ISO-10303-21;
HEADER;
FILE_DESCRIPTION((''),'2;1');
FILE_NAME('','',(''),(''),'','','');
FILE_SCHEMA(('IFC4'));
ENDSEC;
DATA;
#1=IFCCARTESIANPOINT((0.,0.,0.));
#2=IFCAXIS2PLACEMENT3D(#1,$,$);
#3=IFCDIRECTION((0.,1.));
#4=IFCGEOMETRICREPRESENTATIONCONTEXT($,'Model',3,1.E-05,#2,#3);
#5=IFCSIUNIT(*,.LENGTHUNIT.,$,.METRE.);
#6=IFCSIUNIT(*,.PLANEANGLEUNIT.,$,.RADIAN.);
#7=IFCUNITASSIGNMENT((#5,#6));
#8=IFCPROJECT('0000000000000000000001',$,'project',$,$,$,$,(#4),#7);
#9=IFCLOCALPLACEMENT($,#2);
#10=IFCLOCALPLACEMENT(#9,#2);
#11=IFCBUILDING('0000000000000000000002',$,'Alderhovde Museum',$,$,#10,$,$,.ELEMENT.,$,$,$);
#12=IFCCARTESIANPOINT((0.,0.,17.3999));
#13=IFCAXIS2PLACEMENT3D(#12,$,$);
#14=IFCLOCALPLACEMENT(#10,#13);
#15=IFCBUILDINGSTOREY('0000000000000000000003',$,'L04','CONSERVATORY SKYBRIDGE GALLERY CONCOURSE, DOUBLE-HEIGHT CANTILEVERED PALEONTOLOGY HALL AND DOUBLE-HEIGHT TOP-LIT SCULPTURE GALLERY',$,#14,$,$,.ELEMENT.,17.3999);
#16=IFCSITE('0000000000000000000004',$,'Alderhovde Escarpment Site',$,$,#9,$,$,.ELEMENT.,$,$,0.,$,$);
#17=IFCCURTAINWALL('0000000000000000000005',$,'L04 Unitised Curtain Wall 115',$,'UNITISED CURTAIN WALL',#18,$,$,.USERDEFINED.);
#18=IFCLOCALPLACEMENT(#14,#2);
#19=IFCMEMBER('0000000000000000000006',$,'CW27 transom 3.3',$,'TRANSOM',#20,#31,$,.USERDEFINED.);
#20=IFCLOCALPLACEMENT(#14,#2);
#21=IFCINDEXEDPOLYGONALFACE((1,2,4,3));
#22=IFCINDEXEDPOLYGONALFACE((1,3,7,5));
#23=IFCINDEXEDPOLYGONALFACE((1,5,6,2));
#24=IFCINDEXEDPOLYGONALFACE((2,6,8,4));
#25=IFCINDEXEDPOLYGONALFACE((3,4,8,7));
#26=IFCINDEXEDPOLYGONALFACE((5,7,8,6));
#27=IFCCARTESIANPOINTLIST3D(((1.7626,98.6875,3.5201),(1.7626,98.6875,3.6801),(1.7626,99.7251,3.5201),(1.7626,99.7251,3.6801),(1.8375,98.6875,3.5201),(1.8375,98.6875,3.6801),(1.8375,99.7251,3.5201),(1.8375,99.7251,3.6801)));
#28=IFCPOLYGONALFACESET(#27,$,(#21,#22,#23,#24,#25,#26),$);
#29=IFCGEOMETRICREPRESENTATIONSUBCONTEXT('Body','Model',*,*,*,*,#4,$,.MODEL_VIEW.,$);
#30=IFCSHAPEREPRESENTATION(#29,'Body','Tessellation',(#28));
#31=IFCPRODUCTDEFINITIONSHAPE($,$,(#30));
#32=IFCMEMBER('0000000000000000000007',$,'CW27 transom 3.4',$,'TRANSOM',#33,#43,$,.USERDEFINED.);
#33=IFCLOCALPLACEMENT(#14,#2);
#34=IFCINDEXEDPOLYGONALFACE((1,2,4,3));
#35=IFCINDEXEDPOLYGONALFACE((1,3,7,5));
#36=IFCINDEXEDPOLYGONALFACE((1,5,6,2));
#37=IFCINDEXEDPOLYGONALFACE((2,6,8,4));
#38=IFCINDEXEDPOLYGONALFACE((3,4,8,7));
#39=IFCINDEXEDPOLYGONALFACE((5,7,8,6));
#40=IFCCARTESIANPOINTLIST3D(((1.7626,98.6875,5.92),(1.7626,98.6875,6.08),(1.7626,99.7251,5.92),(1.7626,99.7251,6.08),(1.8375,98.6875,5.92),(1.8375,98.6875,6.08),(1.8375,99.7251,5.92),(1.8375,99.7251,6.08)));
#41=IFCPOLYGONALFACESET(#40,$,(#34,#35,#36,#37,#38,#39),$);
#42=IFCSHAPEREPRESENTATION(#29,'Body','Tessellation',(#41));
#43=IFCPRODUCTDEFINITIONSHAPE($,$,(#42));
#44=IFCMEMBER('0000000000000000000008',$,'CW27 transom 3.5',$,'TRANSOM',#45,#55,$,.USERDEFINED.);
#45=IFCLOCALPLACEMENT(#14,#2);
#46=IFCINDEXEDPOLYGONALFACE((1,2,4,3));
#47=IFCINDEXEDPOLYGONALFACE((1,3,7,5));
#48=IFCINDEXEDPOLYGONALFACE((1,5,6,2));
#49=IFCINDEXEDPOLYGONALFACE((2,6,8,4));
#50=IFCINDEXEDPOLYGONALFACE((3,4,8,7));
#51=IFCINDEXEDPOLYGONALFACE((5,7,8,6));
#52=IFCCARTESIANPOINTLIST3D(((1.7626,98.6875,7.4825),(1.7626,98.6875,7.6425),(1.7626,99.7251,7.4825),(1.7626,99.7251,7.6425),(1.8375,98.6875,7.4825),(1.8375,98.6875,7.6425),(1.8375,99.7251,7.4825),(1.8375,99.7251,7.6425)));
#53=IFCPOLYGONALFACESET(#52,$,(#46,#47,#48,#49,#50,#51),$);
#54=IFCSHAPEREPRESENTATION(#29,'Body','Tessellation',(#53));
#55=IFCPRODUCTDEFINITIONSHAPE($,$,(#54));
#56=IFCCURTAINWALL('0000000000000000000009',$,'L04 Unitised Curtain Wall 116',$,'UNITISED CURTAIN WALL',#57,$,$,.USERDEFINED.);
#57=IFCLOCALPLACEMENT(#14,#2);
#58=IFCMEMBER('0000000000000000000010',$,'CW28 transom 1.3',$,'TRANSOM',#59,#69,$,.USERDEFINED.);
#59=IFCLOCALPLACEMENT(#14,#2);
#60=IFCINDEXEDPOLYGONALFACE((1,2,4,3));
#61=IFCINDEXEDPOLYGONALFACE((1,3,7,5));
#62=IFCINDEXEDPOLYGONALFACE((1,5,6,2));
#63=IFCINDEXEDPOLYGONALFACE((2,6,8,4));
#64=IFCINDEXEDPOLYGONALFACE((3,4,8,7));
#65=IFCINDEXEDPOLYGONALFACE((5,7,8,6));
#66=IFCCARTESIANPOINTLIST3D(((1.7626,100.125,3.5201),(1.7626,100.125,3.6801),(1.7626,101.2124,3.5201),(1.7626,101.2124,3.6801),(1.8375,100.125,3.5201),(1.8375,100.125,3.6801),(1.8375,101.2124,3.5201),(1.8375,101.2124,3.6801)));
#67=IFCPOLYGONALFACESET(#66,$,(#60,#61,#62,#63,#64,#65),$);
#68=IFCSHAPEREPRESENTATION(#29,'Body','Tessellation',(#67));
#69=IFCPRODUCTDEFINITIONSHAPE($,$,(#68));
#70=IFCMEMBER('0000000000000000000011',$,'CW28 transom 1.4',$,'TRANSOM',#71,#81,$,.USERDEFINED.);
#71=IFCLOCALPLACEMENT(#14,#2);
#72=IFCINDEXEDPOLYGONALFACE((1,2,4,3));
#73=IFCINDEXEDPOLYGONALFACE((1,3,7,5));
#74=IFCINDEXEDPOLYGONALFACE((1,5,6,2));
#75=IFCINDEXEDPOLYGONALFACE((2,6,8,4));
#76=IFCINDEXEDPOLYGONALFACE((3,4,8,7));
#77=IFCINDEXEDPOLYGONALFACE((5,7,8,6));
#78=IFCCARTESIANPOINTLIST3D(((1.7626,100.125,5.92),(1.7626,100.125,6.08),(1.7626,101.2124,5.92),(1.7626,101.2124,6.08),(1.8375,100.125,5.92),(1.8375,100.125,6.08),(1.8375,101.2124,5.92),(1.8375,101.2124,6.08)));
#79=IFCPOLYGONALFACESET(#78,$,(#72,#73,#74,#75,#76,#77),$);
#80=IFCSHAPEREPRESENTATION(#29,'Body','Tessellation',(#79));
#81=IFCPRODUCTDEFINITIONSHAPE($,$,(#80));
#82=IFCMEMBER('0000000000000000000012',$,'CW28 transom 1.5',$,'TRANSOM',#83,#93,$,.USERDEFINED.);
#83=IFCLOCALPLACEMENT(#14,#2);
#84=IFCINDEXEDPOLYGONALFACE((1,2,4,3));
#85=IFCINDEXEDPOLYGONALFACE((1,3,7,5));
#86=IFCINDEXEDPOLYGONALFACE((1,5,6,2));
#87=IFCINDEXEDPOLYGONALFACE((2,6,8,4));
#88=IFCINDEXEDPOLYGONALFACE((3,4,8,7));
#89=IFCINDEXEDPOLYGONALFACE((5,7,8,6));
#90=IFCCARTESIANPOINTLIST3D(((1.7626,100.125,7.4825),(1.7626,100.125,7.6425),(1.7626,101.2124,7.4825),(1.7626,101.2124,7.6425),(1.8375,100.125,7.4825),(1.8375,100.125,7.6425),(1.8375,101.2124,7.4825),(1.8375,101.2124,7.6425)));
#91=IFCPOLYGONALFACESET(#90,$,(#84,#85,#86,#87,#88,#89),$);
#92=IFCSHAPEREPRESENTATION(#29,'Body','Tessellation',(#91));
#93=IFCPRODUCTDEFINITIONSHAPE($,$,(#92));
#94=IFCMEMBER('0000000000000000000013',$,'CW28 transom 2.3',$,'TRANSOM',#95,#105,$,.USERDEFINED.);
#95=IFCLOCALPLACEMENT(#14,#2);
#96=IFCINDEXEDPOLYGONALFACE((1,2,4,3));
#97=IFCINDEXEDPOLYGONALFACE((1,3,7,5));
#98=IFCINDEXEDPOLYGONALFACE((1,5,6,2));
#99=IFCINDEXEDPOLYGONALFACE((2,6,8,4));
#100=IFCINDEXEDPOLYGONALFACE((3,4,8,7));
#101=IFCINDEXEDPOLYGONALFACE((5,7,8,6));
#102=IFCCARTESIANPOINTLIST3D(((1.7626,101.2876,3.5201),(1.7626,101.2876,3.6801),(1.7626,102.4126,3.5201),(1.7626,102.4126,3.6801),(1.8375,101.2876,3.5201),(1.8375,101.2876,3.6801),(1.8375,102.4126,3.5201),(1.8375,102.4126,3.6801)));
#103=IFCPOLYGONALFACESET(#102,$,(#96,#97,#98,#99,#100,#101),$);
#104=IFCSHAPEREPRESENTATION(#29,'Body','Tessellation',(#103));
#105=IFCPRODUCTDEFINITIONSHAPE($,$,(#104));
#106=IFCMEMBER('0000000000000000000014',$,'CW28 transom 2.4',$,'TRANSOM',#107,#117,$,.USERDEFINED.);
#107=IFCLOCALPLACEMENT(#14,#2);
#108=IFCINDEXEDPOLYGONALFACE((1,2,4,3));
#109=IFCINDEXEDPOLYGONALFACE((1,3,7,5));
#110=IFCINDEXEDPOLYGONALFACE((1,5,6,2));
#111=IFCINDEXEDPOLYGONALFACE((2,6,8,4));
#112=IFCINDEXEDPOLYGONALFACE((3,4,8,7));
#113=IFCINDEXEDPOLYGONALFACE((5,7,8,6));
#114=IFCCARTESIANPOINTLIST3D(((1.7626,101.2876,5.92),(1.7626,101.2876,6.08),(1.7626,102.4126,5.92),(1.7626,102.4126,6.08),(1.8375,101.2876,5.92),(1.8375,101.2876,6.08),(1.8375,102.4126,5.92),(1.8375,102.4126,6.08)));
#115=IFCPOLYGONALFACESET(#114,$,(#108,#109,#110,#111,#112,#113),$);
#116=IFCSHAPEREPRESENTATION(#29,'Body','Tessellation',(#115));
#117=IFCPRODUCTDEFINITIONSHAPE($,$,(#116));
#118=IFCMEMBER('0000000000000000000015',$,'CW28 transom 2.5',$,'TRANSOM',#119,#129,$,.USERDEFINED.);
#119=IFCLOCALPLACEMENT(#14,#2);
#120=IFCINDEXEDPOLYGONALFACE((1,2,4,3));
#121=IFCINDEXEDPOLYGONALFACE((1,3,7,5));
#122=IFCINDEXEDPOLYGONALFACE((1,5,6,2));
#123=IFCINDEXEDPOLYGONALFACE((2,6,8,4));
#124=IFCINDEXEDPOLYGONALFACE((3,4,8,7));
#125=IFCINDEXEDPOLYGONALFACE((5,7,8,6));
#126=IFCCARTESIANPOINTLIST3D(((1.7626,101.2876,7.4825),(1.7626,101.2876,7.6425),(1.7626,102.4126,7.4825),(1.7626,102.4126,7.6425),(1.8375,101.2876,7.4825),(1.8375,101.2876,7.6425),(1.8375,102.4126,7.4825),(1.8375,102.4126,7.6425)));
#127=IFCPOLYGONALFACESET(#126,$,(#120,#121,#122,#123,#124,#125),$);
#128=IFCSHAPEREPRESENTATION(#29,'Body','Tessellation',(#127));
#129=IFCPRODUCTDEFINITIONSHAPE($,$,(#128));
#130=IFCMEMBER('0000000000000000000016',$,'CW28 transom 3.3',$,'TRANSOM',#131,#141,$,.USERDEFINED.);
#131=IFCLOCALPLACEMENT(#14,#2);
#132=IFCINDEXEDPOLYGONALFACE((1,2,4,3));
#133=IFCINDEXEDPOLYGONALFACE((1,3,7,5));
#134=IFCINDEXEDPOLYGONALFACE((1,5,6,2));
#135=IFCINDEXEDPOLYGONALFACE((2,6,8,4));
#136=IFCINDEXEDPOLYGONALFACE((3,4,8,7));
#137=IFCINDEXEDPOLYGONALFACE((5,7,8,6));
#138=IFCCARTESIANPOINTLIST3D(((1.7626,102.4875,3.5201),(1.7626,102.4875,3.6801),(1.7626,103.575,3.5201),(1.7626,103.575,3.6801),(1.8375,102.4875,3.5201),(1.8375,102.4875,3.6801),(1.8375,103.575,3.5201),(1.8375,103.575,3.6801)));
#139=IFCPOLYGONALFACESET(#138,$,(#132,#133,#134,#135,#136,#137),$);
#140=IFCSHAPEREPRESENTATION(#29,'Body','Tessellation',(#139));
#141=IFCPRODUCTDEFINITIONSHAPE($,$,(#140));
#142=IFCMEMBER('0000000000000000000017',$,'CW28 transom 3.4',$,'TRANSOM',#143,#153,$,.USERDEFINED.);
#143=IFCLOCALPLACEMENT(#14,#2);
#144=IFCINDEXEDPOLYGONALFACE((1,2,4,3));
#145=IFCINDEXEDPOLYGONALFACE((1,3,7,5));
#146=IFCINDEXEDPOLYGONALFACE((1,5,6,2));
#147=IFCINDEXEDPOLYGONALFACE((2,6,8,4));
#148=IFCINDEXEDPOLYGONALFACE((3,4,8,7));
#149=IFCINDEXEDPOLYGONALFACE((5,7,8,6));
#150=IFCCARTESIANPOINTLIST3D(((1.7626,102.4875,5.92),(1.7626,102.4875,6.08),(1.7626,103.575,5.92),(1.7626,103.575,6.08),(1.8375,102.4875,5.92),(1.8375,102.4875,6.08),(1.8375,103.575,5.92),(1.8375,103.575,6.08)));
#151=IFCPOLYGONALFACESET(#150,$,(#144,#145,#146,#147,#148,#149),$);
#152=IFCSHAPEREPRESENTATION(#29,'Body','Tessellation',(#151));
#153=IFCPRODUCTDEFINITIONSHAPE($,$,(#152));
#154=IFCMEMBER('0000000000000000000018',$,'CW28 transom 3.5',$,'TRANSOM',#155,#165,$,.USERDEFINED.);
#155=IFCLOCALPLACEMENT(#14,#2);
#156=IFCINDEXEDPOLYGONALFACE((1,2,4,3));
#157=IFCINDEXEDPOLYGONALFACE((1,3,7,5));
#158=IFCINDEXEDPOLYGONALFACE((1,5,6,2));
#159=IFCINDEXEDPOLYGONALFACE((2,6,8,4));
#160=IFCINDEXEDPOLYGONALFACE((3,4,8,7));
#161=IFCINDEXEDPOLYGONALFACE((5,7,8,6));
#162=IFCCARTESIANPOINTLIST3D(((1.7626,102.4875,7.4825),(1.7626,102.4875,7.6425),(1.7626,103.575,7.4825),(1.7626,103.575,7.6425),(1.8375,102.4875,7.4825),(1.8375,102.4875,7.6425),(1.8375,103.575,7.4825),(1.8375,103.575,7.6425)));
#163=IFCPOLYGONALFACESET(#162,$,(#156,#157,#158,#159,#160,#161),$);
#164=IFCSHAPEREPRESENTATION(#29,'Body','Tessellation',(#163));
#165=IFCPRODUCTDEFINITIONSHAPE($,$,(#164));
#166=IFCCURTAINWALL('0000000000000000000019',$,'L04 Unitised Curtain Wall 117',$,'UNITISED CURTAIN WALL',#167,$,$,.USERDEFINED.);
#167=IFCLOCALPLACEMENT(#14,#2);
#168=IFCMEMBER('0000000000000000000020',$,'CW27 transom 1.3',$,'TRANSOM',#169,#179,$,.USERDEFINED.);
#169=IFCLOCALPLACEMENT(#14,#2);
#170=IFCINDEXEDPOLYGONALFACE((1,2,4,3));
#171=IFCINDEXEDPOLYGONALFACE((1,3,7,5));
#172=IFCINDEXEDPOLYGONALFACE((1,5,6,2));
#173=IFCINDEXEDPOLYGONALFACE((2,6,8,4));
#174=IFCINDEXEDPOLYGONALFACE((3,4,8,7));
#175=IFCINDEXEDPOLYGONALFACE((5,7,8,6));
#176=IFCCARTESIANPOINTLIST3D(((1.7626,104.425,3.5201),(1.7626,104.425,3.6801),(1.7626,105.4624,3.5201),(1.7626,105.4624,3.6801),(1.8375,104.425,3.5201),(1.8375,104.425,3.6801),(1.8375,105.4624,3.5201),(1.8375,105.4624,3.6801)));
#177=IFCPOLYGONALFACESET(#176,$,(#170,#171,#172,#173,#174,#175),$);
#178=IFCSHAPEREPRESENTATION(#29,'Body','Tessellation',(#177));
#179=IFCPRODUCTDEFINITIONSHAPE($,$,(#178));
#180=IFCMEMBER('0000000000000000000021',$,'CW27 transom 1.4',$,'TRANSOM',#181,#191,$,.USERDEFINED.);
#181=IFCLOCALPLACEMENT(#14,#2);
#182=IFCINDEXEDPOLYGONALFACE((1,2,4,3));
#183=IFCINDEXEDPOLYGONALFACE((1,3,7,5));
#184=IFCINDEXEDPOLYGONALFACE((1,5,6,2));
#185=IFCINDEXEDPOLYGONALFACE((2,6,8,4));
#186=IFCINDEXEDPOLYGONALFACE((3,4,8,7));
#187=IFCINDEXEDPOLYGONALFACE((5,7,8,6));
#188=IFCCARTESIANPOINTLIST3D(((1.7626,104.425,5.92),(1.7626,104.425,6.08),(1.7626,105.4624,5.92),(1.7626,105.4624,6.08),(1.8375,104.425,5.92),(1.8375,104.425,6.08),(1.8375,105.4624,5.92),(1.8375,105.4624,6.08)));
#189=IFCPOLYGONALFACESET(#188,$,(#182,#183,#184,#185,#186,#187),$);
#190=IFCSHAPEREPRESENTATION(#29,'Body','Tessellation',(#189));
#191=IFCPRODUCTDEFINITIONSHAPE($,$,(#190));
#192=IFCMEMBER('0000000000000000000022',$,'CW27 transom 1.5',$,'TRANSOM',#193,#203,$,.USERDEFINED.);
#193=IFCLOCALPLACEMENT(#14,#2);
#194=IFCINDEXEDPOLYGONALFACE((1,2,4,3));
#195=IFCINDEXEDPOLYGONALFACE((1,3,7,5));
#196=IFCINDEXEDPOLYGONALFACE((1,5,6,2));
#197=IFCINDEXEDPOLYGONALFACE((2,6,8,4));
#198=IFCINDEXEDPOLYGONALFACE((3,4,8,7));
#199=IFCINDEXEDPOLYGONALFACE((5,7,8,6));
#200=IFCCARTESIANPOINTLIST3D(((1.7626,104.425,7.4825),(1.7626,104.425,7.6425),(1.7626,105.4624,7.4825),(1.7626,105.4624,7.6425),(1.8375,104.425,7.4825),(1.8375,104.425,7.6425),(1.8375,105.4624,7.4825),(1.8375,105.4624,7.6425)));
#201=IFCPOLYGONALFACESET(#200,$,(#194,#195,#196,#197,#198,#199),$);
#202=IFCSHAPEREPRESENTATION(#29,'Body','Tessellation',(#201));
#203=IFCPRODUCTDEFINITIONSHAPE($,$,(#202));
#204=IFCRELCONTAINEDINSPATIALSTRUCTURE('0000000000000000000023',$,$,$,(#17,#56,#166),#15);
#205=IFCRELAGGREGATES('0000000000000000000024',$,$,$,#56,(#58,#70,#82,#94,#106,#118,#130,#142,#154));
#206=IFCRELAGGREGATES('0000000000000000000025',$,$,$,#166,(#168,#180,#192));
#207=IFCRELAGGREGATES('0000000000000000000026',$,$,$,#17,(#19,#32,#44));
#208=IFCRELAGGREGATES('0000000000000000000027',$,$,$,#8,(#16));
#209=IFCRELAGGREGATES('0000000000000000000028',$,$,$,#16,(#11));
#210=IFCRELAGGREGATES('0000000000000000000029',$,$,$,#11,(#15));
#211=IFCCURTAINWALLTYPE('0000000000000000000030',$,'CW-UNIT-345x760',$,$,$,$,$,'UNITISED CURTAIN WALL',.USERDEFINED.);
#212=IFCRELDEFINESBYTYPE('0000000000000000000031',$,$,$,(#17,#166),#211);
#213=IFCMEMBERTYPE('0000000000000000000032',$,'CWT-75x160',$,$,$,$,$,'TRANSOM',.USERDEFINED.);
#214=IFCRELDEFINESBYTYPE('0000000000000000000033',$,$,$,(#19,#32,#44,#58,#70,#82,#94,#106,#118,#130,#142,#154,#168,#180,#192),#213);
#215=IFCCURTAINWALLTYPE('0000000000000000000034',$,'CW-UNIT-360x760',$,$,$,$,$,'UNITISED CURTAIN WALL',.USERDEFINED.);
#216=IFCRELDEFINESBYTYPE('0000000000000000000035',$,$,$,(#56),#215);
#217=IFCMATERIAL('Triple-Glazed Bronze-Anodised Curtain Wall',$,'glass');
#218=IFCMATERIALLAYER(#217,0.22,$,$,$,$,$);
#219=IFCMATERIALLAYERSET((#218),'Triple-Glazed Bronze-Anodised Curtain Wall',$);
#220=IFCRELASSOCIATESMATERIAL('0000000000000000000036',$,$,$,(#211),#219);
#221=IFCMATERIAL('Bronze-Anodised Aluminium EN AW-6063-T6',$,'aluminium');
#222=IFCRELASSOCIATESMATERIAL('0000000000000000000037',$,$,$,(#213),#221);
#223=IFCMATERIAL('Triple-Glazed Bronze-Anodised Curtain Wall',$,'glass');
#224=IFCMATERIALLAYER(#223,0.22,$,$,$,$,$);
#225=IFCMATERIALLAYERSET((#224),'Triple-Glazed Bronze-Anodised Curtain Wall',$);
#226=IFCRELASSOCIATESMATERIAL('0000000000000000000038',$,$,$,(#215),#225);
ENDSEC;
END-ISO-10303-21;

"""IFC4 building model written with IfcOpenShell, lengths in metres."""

from ifc_helpers import new_model, si_unit, direction, frame, origin, origin_2d, place, context, subcontext, project, spatial, rectangle, extrude, material, layer, layer_set, material_profile, profile_set, type_object, element, aggregate, save


model = new_model("IFC4")

# Units and contexts
model_context = context("Model", 3, precision=1e-05, world=origin(), true_north=direction((0.0, 1.0)))
body_context = subcontext(model_context, "Body", "Model", "MODEL_VIEW")
ifc_project = project(units=[si_unit("LENGTHUNIT", "METRE"), si_unit("PLANEANGLEUNIT", "RADIAN")], contexts=[model_context])

# Site, building, storey
site_placement = place(None, origin())
site = spatial("IfcSite", under=ifc_project, at=site_placement, Name="Alderhovde Escarpment Site", CompositionType="ELEMENT", RefElevation=0.0)
building_placement = place(site_placement, origin())
building = spatial("IfcBuilding", under=site, at=building_placement, Name="Alderhovde Museum", CompositionType="ELEMENT")
storey_placement = place(building_placement, frame((0.0, 0.0, 17.3999)))
storey = spatial("IfcBuildingStorey", under=building, at=storey_placement, Name="L04", Description="CONSERVATORY SKYBRIDGE GALLERY CONCOURSE, DOUBLE-HEIGHT CANTILEVERED PALEONTOLOGY HALL AND DOUBLE-HEIGHT TOP-LIT SCULPTURE GALLERY", CompositionType="ELEMENT", Elevation=17.3999)

# Curtain walls, members
ifc_material_1 = material(Name="Triple-Glazed Bronze-Anodised Curtain Wall", Category="glass")
ifc_layer_1 = layer(ifc_material_1, 0.22)
ifc_layer_set_1 = layer_set([ifc_layer_1], Name="Triple-Glazed Bronze-Anodised Curtain Wall")
curtain_wall_type_1 = type_object("IfcCurtainWallType", Name="CW-UNIT-345x760", ElementType="UNITISED CURTAIN WALL", PredefinedType="USERDEFINED", material=ifc_layer_set_1)
curtain_wall_1_placement = place(storey_placement, origin())
curtain_wall_1 = element("IfcCurtainWall", 1, at=curtain_wall_1_placement, inside=storey, type_object=curtain_wall_type_1, Name="L04 Unitised Curtain Wall 115", ObjectType="UNITISED CURTAIN WALL", PredefinedType="USERDEFINED")
ifc_material_2 = material(Name="Bronze-Anodised Aluminium EN AW-6063-T6", Category="aluminium")
ifc_material_profile_1 = material_profile(ifc_material_2, rectangle(XDim=0.075, YDim=0.1599, at=origin_2d()), Name="TRANSOM 75x160")
ifc_profile_set_1 = profile_set([ifc_material_profile_1], Name="Bronze-Anodised Aluminium EN AW-6063-T6")
member_type_1 = type_object("IfcMemberType", Name="CWT-75x160", ElementType="TRANSOM", PredefinedType="USERDEFINED", material=ifc_profile_set_1)
member_1_placement = place(storey_placement, frame((1.8, 98.6875, 3.6001), z_axis=(0.0, 1.0, 0.0), x_axis=(-1.0, 0.0, 0.0)))
member_1 = element("IfcMember", 2, at=member_1_placement, type_object=member_type_1, Name="CW27 transom 3.3", ObjectType="TRANSOM", PredefinedType="USERDEFINED", context=body_context, shape_type="SweptSolid", body=[
    extrude(rectangle(XDim=0.075, YDim=0.1599, at=origin_2d()), origin(), (0.0, 0.0, 1.0), 1.0376),
])
member_2_placement = place(storey_placement, frame((1.8, 98.6875, 6.0), z_axis=(0.0, 1.0, 0.0), x_axis=(-1.0, 0.0, 0.0)))
member_2 = element("IfcMember", 3, at=member_2_placement, type_object=member_type_1, Name="CW27 transom 3.4", ObjectType="TRANSOM", PredefinedType="USERDEFINED", context=body_context, shape_type="SweptSolid", body=[
    extrude(rectangle(XDim=0.075, YDim=0.1599, at=origin_2d()), origin(), (0.0, 0.0, 1.0), 1.0376),
])
member_3_placement = place(storey_placement, frame((1.8, 98.6875, 7.5625), z_axis=(0.0, 1.0, 0.0), x_axis=(-1.0, 0.0, 0.0)))
member_3 = element("IfcMember", 4, at=member_3_placement, type_object=member_type_1, Name="CW27 transom 3.5", ObjectType="TRANSOM", PredefinedType="USERDEFINED", context=body_context, shape_type="SweptSolid", body=[
    extrude(rectangle(XDim=0.075, YDim=0.1599, at=origin_2d()), origin(), (0.0, 0.0, 1.0), 1.0376),
])
ifc_material_3 = material(Name="Triple-Glazed Bronze-Anodised Curtain Wall", Category="glass")
ifc_layer_2 = layer(ifc_material_3, 0.22)
ifc_layer_set_2 = layer_set([ifc_layer_2], Name="Triple-Glazed Bronze-Anodised Curtain Wall")
curtain_wall_type_2 = type_object("IfcCurtainWallType", Name="CW-UNIT-360x760", ElementType="UNITISED CURTAIN WALL", PredefinedType="USERDEFINED", material=ifc_layer_set_2)
curtain_wall_2_placement = place(storey_placement, origin())
curtain_wall_2 = element("IfcCurtainWall", 5, at=curtain_wall_2_placement, inside=storey, type_object=curtain_wall_type_2, Name="L04 Unitised Curtain Wall 116", ObjectType="UNITISED CURTAIN WALL", PredefinedType="USERDEFINED")
member_4_placement = place(storey_placement, frame((1.8, 100.125, 3.6001), z_axis=(0.0, 1.0, 0.0), x_axis=(-1.0, 0.0, 0.0)))
member_4 = element("IfcMember", 6, at=member_4_placement, type_object=member_type_1, Name="CW28 transom 1.3", ObjectType="TRANSOM", PredefinedType="USERDEFINED", context=body_context, shape_type="SweptSolid", body=[
    extrude(rectangle(XDim=0.075, YDim=0.1599, at=origin_2d()), origin(), (0.0, 0.0, 1.0), 1.0874),
])
member_5_placement = place(storey_placement, frame((1.8, 100.125, 6.0), z_axis=(0.0, 1.0, 0.0), x_axis=(-1.0, 0.0, 0.0)))
member_5 = element("IfcMember", 7, at=member_5_placement, type_object=member_type_1, Name="CW28 transom 1.4", ObjectType="TRANSOM", PredefinedType="USERDEFINED", context=body_context, shape_type="SweptSolid", body=[
    extrude(rectangle(XDim=0.075, YDim=0.1599, at=origin_2d()), origin(), (0.0, 0.0, 1.0), 1.0874),
])
member_6_placement = place(storey_placement, frame((1.8, 100.125, 7.5625), z_axis=(0.0, 1.0, 0.0), x_axis=(-1.0, 0.0, 0.0)))
member_6 = element("IfcMember", 8, at=member_6_placement, type_object=member_type_1, Name="CW28 transom 1.5", ObjectType="TRANSOM", PredefinedType="USERDEFINED", context=body_context, shape_type="SweptSolid", body=[
    extrude(rectangle(XDim=0.075, YDim=0.1599, at=origin_2d()), origin(), (0.0, 0.0, 1.0), 1.0874),
])
member_7_placement = place(storey_placement, frame((1.8, 101.2876, 3.6001), z_axis=(0.0, 1.0, 0.0), x_axis=(-1.0, 0.0, 0.0)))
member_7 = element("IfcMember", 9, at=member_7_placement, type_object=member_type_1, Name="CW28 transom 2.3", ObjectType="TRANSOM", PredefinedType="USERDEFINED", context=body_context, shape_type="SweptSolid", body=[
    extrude(rectangle(XDim=0.075, YDim=0.1599, at=origin_2d()), origin(), (0.0, 0.0, 1.0), 1.125),
])
member_8_placement = place(storey_placement, frame((1.8, 101.2876, 6.0), z_axis=(0.0, 1.0, 0.0), x_axis=(-1.0, 0.0, 0.0)))
member_8 = element("IfcMember", 10, at=member_8_placement, type_object=member_type_1, Name="CW28 transom 2.4", ObjectType="TRANSOM", PredefinedType="USERDEFINED", context=body_context, shape_type="SweptSolid", body=[
    extrude(rectangle(XDim=0.075, YDim=0.1599, at=origin_2d()), origin(), (0.0, 0.0, 1.0), 1.125),
])
member_9_placement = place(storey_placement, frame((1.8, 101.2876, 7.5625), z_axis=(0.0, 1.0, 0.0), x_axis=(-1.0, 0.0, 0.0)))
member_9 = element("IfcMember", 11, at=member_9_placement, type_object=member_type_1, Name="CW28 transom 2.5", ObjectType="TRANSOM", PredefinedType="USERDEFINED", context=body_context, shape_type="SweptSolid", body=[
    extrude(rectangle(XDim=0.075, YDim=0.1599, at=origin_2d()), origin(), (0.0, 0.0, 1.0), 1.125),
])
member_10_placement = place(storey_placement, frame((1.8, 102.4875, 3.6001), z_axis=(0.0, 1.0, 0.0), x_axis=(-1.0, 0.0, 0.0)))
member_10 = element("IfcMember", 12, at=member_10_placement, type_object=member_type_1, Name="CW28 transom 3.3", ObjectType="TRANSOM", PredefinedType="USERDEFINED", context=body_context, shape_type="SweptSolid", body=[
    extrude(rectangle(XDim=0.075, YDim=0.1599, at=origin_2d()), origin(), (0.0, 0.0, 1.0), 1.0874),
])
member_11_placement = place(storey_placement, frame((1.8, 102.4875, 6.0), z_axis=(0.0, 1.0, 0.0), x_axis=(-1.0, 0.0, 0.0)))
member_11 = element("IfcMember", 13, at=member_11_placement, type_object=member_type_1, Name="CW28 transom 3.4", ObjectType="TRANSOM", PredefinedType="USERDEFINED", context=body_context, shape_type="SweptSolid", body=[
    extrude(rectangle(XDim=0.075, YDim=0.1599, at=origin_2d()), origin(), (0.0, 0.0, 1.0), 1.0874),
])
member_12_placement = place(storey_placement, frame((1.8, 102.4875, 7.5625), z_axis=(0.0, 1.0, 0.0), x_axis=(-1.0, 0.0, 0.0)))
member_12 = element("IfcMember", 14, at=member_12_placement, type_object=member_type_1, Name="CW28 transom 3.5", ObjectType="TRANSOM", PredefinedType="USERDEFINED", context=body_context, shape_type="SweptSolid", body=[
    extrude(rectangle(XDim=0.075, YDim=0.1599, at=origin_2d()), origin(), (0.0, 0.0, 1.0), 1.0874),
])
curtain_wall_3_placement = place(storey_placement, origin())
curtain_wall_3 = element("IfcCurtainWall", 15, at=curtain_wall_3_placement, inside=storey, type_object=curtain_wall_type_1, Name="L04 Unitised Curtain Wall 117", ObjectType="UNITISED CURTAIN WALL", PredefinedType="USERDEFINED")
member_13_placement = place(storey_placement, frame((1.8, 104.425, 3.6001), z_axis=(0.0, 1.0, 0.0), x_axis=(-1.0, 0.0, 0.0)))
member_13 = element("IfcMember", 16, at=member_13_placement, type_object=member_type_1, Name="CW27 transom 1.3", ObjectType="TRANSOM", PredefinedType="USERDEFINED", context=body_context, shape_type="SweptSolid", body=[
    extrude(rectangle(XDim=0.075, YDim=0.1599, at=origin_2d()), origin(), (0.0, 0.0, 1.0), 1.0374),
])
member_14_placement = place(storey_placement, frame((1.8, 104.425, 6.0), z_axis=(0.0, 1.0, 0.0), x_axis=(-1.0, 0.0, 0.0)))
member_14 = element("IfcMember", 17, at=member_14_placement, type_object=member_type_1, Name="CW27 transom 1.4", ObjectType="TRANSOM", PredefinedType="USERDEFINED", context=body_context, shape_type="SweptSolid", body=[
    extrude(rectangle(XDim=0.075, YDim=0.1599, at=origin_2d()), origin(), (0.0, 0.0, 1.0), 1.0374),
])
member_15_placement = place(storey_placement, frame((1.8, 104.425, 7.5625), z_axis=(0.0, 1.0, 0.0), x_axis=(-1.0, 0.0, 0.0)))
member_15 = element("IfcMember", 18, at=member_15_placement, type_object=member_type_1, Name="CW27 transom 1.5", ObjectType="TRANSOM", PredefinedType="USERDEFINED", context=body_context, shape_type="SweptSolid", body=[
    extrude(rectangle(XDim=0.075, YDim=0.1599, at=origin_2d()), origin(), (0.0, 0.0, 1.0), 1.0374),
])

aggregate(curtain_wall_2, [member_4, member_5, member_6, member_7, member_8, member_9, member_10, member_11, member_12])
aggregate(curtain_wall_3, [member_13, member_14, member_15])
aggregate(curtain_wall_1, [member_1, member_2, member_3])

save(model, "model.ifc")
